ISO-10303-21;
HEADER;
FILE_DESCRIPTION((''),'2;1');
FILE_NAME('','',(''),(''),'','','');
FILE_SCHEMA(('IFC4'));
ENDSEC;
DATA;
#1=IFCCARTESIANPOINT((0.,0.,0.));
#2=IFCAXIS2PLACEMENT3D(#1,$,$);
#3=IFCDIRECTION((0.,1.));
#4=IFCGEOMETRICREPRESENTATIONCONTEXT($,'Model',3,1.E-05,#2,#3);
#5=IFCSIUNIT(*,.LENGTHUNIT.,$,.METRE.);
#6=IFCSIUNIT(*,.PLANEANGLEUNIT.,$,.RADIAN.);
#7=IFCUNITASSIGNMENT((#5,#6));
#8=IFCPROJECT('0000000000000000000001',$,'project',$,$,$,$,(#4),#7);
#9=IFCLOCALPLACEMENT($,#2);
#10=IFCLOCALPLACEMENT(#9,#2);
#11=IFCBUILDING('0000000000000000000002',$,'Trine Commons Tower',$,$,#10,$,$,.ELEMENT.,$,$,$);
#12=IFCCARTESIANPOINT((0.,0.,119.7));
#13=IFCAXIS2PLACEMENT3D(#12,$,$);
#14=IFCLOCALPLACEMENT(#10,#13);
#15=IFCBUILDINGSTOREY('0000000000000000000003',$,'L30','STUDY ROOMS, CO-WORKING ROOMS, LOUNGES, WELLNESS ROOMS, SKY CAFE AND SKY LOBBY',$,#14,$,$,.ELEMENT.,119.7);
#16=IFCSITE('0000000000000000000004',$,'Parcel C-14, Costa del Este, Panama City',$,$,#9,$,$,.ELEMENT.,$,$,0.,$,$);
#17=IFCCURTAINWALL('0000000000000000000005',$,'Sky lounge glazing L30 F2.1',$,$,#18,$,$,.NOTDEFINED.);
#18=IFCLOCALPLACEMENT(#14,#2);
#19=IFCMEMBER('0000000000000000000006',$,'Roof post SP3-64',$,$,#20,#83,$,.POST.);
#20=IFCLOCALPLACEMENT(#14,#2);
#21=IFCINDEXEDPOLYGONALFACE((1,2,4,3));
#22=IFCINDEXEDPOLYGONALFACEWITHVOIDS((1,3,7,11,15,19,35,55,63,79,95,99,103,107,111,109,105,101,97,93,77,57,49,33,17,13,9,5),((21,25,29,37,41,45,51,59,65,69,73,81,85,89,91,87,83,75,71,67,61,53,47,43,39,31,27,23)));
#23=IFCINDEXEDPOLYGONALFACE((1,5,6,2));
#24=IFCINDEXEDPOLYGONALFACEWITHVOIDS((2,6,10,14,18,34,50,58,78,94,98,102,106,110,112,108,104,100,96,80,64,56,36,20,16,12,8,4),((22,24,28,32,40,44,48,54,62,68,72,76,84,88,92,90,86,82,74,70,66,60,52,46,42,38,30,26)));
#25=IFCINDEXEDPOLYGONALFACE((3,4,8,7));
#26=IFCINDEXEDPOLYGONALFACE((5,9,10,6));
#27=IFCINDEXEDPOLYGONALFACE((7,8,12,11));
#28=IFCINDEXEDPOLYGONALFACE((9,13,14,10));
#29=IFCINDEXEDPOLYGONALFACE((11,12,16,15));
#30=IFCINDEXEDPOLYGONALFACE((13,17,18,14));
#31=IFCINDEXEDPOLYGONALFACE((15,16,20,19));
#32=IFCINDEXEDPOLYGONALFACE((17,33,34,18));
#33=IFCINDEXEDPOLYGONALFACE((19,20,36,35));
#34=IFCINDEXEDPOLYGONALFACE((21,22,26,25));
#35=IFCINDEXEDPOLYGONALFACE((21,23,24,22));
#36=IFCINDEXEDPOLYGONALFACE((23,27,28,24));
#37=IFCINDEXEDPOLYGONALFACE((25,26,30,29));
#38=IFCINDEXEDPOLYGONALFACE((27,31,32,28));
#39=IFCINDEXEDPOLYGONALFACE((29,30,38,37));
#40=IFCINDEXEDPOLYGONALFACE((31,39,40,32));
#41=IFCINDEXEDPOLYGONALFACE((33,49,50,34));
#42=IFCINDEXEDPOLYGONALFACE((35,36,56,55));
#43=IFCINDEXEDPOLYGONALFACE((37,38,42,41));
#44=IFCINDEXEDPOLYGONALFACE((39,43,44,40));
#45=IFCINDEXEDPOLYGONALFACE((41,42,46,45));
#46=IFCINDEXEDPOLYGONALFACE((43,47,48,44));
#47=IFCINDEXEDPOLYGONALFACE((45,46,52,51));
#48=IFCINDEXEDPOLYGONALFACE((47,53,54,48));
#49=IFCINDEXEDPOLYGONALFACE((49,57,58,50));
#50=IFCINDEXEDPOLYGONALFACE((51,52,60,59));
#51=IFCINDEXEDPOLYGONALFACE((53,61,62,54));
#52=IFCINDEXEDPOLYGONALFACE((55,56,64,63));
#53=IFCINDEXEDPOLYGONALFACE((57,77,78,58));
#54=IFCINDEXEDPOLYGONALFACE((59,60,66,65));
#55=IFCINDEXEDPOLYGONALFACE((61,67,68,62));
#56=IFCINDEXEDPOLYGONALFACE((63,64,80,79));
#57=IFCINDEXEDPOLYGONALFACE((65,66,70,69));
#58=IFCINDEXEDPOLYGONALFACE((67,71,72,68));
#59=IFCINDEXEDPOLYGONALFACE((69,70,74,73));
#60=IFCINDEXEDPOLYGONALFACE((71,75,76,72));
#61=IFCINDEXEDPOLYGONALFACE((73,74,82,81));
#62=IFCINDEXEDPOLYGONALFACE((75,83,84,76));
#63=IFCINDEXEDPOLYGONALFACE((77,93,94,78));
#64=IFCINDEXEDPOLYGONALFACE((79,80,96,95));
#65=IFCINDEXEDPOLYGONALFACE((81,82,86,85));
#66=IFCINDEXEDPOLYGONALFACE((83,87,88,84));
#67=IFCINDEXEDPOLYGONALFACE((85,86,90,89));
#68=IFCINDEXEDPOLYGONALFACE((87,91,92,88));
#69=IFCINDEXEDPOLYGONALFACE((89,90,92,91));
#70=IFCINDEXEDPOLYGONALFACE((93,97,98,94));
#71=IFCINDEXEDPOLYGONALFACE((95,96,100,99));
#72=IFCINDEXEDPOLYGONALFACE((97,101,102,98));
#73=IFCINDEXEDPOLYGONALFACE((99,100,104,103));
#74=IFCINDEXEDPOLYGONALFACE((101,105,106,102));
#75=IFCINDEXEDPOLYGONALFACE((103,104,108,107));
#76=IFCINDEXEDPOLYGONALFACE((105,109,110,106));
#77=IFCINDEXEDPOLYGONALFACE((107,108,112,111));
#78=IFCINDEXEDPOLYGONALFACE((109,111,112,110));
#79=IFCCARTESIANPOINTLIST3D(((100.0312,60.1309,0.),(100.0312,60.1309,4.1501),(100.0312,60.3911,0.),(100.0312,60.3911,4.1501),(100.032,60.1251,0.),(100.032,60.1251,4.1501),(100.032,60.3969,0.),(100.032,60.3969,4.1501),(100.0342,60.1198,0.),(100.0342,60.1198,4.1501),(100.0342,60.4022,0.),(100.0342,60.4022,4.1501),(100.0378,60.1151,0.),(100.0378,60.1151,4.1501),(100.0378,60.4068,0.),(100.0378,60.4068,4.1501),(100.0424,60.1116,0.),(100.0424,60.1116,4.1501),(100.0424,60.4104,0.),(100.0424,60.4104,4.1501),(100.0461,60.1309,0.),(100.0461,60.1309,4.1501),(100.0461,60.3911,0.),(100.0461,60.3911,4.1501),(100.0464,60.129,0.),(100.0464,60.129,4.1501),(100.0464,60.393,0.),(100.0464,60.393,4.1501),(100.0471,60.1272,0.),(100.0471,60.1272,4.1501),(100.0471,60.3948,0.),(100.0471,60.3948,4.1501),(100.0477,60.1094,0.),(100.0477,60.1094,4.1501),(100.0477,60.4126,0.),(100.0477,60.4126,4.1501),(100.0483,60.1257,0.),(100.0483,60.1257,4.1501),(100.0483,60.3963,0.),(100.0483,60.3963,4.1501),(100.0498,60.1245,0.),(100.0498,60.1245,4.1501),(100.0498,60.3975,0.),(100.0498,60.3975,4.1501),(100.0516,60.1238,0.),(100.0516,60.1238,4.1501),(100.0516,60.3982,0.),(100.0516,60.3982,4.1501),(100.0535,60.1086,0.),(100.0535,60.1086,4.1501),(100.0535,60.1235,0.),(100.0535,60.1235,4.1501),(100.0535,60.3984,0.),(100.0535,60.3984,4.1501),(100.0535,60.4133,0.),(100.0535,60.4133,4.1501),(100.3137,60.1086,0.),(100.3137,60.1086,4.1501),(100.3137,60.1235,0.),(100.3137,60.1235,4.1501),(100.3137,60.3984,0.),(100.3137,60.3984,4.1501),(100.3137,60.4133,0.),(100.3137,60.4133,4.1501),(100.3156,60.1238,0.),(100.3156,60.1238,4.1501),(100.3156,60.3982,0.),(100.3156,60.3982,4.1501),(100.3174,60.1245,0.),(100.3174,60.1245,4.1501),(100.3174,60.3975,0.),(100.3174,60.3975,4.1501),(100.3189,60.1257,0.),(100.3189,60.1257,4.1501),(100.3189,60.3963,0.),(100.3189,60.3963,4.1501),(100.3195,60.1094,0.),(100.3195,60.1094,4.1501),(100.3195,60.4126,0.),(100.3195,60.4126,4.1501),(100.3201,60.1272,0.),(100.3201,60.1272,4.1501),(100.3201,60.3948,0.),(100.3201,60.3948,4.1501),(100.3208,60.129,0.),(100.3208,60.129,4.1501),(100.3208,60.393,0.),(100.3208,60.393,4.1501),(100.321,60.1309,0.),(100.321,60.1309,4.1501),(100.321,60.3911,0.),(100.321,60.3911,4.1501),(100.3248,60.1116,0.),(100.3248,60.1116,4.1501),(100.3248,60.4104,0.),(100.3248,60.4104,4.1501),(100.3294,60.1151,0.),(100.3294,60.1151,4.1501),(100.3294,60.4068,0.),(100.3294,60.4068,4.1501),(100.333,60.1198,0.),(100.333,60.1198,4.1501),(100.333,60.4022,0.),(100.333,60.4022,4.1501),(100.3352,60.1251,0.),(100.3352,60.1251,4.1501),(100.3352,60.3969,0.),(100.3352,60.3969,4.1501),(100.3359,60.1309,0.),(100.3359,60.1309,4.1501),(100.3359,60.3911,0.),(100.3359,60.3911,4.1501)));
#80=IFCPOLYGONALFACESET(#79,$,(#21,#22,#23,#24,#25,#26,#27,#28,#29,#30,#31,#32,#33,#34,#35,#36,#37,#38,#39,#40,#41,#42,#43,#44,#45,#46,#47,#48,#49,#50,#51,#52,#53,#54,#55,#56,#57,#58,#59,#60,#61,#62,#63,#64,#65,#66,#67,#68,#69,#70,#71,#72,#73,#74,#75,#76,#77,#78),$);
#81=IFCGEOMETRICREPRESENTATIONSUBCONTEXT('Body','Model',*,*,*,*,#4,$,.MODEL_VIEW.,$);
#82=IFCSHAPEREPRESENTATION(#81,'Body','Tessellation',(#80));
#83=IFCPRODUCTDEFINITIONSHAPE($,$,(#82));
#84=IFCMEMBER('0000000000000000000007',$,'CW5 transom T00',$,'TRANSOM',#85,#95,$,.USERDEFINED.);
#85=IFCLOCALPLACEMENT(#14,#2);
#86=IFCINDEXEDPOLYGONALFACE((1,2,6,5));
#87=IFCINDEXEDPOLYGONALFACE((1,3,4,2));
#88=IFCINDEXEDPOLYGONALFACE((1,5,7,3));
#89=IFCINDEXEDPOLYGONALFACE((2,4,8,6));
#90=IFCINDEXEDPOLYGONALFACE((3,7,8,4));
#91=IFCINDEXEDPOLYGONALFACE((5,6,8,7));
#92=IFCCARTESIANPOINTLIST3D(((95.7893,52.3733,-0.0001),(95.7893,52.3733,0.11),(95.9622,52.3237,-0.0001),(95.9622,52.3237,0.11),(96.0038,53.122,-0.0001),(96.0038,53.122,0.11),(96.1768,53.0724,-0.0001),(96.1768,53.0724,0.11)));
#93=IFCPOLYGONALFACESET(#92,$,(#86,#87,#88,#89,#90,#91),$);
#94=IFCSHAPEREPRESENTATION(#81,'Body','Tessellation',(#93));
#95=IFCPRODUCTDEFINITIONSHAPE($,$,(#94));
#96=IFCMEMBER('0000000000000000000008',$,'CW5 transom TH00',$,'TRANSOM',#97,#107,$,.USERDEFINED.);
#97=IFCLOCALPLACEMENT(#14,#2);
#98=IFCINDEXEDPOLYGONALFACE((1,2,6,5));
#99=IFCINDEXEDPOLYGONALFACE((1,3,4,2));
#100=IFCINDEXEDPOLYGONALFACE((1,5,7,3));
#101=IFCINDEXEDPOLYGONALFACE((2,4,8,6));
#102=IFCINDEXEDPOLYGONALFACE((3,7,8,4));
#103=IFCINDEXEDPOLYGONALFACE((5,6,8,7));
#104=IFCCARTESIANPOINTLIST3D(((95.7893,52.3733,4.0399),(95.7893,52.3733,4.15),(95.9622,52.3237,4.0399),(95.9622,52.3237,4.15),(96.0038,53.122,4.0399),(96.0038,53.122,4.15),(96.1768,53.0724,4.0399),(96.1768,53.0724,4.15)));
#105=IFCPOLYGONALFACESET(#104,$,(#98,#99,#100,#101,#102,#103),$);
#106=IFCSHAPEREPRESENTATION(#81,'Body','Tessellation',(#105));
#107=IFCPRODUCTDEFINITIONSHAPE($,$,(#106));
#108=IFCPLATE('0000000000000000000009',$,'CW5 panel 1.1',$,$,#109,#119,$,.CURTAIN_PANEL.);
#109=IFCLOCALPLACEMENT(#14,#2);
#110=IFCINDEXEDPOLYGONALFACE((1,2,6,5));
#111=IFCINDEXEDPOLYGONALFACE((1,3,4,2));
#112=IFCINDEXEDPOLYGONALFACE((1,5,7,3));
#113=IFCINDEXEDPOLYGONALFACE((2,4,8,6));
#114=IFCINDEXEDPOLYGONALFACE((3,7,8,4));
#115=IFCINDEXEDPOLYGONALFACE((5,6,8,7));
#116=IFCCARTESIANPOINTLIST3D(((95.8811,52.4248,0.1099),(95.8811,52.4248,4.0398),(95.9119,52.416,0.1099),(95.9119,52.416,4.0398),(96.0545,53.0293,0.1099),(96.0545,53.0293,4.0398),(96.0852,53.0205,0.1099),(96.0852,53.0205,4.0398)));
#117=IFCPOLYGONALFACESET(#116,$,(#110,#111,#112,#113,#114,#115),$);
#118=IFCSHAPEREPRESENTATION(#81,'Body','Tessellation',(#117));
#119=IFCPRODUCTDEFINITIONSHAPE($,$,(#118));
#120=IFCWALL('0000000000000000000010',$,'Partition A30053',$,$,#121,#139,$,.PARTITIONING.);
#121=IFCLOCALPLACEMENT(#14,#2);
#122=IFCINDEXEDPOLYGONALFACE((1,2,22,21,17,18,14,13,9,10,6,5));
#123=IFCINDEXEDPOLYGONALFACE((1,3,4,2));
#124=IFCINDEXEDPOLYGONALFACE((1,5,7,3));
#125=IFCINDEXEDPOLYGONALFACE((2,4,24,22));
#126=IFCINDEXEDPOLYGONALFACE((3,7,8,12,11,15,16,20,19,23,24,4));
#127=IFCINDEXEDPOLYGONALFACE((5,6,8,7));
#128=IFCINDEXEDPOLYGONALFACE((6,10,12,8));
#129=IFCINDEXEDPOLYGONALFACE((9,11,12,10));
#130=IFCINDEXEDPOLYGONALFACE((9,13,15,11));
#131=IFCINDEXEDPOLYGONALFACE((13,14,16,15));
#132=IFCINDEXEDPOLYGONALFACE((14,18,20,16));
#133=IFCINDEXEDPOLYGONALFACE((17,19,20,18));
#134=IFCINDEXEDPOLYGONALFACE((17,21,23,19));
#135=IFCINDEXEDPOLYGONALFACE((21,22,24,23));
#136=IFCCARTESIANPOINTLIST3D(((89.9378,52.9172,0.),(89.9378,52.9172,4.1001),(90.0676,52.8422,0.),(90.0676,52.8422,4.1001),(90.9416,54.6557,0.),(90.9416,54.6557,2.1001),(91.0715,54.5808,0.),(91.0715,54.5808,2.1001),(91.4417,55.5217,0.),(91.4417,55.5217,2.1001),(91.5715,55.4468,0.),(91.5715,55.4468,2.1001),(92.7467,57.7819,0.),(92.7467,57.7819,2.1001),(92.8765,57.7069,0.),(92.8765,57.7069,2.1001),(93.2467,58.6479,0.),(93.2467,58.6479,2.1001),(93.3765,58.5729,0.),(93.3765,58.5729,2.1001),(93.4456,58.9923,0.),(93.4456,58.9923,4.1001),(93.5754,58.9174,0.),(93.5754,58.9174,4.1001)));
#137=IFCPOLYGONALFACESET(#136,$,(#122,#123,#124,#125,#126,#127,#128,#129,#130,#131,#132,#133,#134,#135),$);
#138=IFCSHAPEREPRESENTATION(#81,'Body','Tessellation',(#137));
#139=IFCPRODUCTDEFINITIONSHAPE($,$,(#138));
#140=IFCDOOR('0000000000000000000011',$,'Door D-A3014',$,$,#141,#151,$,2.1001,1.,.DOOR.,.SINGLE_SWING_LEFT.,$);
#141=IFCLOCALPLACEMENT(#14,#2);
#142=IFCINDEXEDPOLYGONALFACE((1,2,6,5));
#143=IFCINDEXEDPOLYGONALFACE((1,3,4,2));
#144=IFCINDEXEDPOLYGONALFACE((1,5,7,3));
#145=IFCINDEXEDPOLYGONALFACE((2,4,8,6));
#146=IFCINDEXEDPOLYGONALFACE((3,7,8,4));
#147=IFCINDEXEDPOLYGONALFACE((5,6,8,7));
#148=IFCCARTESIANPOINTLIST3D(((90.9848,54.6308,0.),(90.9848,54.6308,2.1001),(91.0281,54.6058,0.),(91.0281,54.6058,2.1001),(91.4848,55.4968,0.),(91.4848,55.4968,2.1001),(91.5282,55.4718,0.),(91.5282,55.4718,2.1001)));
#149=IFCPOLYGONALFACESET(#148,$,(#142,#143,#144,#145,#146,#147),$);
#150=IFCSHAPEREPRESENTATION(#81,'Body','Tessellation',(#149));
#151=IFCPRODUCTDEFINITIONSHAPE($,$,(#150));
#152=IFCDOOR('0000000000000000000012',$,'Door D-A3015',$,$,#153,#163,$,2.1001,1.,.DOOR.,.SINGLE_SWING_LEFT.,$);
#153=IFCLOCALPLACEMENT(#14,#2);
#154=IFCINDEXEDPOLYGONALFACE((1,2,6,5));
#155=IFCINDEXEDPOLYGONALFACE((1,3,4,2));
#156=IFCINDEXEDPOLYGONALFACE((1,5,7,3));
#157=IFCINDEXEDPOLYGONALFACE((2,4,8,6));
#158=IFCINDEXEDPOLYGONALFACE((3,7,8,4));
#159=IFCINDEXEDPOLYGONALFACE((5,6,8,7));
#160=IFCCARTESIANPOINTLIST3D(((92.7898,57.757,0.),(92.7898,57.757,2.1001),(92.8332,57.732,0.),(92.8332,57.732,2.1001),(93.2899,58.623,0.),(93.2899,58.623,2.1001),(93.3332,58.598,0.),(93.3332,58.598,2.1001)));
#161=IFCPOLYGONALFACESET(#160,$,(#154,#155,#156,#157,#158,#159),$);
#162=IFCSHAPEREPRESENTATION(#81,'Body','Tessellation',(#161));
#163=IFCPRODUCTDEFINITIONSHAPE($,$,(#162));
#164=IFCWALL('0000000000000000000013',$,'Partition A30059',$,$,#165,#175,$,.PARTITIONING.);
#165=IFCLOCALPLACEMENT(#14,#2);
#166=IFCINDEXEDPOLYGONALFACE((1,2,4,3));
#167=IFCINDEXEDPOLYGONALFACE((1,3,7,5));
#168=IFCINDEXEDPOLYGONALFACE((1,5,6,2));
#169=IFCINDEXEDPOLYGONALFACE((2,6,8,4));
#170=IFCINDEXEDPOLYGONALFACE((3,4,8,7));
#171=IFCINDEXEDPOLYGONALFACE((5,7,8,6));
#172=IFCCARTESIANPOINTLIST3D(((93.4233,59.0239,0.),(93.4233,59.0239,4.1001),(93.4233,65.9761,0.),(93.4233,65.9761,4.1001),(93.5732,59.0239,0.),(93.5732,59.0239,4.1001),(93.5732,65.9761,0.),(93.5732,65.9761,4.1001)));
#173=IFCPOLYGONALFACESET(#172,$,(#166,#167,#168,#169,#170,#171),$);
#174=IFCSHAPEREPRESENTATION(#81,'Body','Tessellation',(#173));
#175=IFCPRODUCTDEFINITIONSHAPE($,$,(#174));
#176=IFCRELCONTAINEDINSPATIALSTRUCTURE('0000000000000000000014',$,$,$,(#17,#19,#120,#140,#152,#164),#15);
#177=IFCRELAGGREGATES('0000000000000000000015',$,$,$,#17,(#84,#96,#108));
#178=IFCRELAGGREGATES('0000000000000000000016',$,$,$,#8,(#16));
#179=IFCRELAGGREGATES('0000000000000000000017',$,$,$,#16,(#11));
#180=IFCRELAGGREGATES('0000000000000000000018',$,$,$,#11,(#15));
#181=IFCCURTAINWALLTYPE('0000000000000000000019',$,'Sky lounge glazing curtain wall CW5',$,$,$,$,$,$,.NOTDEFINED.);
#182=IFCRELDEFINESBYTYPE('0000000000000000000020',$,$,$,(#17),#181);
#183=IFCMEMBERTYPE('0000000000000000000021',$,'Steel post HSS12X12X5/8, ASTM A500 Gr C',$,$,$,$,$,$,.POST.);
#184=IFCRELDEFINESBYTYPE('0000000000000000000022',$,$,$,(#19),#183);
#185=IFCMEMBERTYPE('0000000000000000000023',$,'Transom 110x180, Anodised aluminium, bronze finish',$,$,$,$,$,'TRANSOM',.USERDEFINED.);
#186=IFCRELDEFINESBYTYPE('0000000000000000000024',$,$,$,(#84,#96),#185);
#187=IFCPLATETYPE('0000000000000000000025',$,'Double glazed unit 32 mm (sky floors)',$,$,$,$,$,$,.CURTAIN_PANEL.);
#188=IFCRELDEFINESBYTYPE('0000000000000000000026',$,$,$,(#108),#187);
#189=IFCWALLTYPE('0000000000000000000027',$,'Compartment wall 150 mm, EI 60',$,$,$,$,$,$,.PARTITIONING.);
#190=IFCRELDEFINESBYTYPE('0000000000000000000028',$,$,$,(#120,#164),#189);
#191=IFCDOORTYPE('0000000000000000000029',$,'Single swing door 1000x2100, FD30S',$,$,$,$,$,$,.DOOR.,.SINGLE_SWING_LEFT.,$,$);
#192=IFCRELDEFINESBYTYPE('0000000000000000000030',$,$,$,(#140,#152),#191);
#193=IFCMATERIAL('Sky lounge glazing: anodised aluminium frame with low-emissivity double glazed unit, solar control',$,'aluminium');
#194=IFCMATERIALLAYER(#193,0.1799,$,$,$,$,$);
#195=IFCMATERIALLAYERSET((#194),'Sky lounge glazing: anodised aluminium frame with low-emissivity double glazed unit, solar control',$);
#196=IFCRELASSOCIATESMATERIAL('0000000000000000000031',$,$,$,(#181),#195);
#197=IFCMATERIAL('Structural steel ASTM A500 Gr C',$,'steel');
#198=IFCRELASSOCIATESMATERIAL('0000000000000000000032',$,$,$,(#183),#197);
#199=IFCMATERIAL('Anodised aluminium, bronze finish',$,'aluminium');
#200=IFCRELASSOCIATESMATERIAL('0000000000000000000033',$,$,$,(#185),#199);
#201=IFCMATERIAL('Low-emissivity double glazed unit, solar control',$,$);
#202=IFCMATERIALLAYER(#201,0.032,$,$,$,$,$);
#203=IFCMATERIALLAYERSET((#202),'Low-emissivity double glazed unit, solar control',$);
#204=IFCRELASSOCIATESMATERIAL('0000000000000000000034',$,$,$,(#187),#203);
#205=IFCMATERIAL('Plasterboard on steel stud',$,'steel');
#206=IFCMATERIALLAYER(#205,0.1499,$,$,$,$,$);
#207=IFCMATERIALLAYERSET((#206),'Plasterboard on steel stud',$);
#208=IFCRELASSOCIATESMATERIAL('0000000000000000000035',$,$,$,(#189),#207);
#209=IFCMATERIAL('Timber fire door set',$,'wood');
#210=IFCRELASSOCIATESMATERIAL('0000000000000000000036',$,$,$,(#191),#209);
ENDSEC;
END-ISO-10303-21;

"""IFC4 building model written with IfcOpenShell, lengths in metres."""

from ifc_helpers import new_model, si_unit, direction, frame, frame_2d, origin, origin_2d, place, context, subcontext, project, spatial, rectangle, hollow_rectangle, extrude, material, layer, layer_set, material_profile, profile_set, type_object, element, fill, aggregate, save


model = new_model("IFC4")

# Units and contexts
model_context = context("Model", 3, precision=1e-05, world=origin(), true_north=direction((0.0, 1.0)))
body_context = subcontext(model_context, "Body", "Model", "MODEL_VIEW")
ifc_project = project(units=[si_unit("LENGTHUNIT", "METRE"), si_unit("PLANEANGLEUNIT", "RADIAN")], contexts=[model_context])

# Site, building, storey
site_placement = place(None, origin())
site = spatial("IfcSite", under=ifc_project, at=site_placement, Name="Parcel C-14, Costa del Este, Panama City", CompositionType="ELEMENT", RefElevation=0.0)
building_placement = place(site_placement, origin())
building = spatial("IfcBuilding", under=site, at=building_placement, Name="Trine Commons Tower", CompositionType="ELEMENT")
storey_placement = place(building_placement, frame((0.0, 0.0, 119.7)))
storey = spatial("IfcBuildingStorey", under=building, at=storey_placement, Name="L30", Description="STUDY ROOMS, CO-WORKING ROOMS, LOUNGES, WELLNESS ROOMS, SKY CAFE AND SKY LOBBY", CompositionType="ELEMENT", Elevation=119.7)

# Curtain wall
ifc_material_1 = material(Name="Sky lounge glazing: anodised aluminium frame with low-emissivity double glazed unit, solar control", Category="aluminium")
ifc_layer_1 = layer(ifc_material_1, 0.1799)
ifc_layer_set_1 = layer_set([ifc_layer_1], Name="Sky lounge glazing: anodised aluminium frame with low-emissivity double glazed unit, solar control")
curtain_wall_type = type_object("IfcCurtainWallType", Name="Sky lounge glazing curtain wall CW5", PredefinedType="NOTDEFINED", material=ifc_layer_set_1)
curtain_wall_placement = place(storey_placement, origin())
curtain_wall = element("IfcCurtainWall", 1, at=curtain_wall_placement, inside=storey, type_object=curtain_wall_type, Name="Sky lounge glazing L30 F2.1", PredefinedType="NOTDEFINED")
ifc_material_2 = material(Name="Anodised aluminium, bronze finish", Category="aluminium")

# Member
ifc_material_3 = material(Name="Structural steel ASTM A500 Gr C", Category="steel")
ifc_material_profile_1 = material_profile(ifc_material_3, hollow_rectangle(XDim=0.3047, YDim=0.3047, WallThickness=0.0149, InnerFilletRadius=0.0073, OuterFilletRadius=0.0222, at=origin_2d()), Name="HSS12X12X5/8")
ifc_profile_set_1 = profile_set([ifc_material_profile_1], Name="Structural steel ASTM A500 Gr C")
member_type_1 = type_object("IfcMemberType", Name="Steel post HSS12X12X5/8, ASTM A500 Gr C", PredefinedType="POST", material=ifc_profile_set_1)
member_1_placement = place(storey_placement, frame((100.1836, 60.261, 0.0), z_axis=(0.0, 0.0, 1.0), x_axis=(1.0, 0.0, 0.0)))
element("IfcMember", 2, at=member_1_placement, inside=storey, type_object=member_type_1, Name="Roof post SP3-64", PredefinedType="POST", context=body_context, shape_type="SweptSolid", body=[
    extrude(hollow_rectangle(XDim=0.3047, YDim=0.3047, WallThickness=0.0149, InnerFilletRadius=0.0073, OuterFilletRadius=0.0222, at=origin_2d()), origin(), (0.0, 0.0, 1.0), 4.1501),
])

# Members
ifc_material_profile_2 = material_profile(ifc_material_2, rectangle(XDim=0.1799, YDim=0.1101, at=origin_2d()), Name="Transom 110x180")
ifc_profile_set_2 = profile_set([ifc_material_profile_2], Name="Anodised aluminium, bronze finish")
member_type_2 = type_object("IfcMemberType", Name="Transom 110x180, Anodised aluminium, bronze finish", ElementType="TRANSOM", PredefinedType="USERDEFINED", material=ifc_profile_set_2)
member_2_placement = place(storey_placement, frame((96.0903, 53.0972, 0.0549), z_axis=(-0.275508, -0.961299, 0.0), x_axis=(0.961299, -0.275508, 0.0)))
member_2 = element("IfcMember", 3, at=member_2_placement, type_object=member_type_2, Name="CW5 transom T00", ObjectType="TRANSOM", PredefinedType="USERDEFINED", context=body_context, shape_type="SweptSolid", body=[
    extrude(rectangle(XDim=0.1799, YDim=0.1101, at=origin_2d()), origin(), (0.0, 0.0, 1.0), 0.7788),
])
member_3_placement = place(storey_placement, frame((96.0903, 53.0972, 4.095), z_axis=(-0.275508, -0.961299, 0.0), x_axis=(0.961299, -0.275508, 0.0)))
member_3 = element("IfcMember", 4, at=member_3_placement, type_object=member_type_2, Name="CW5 transom TH00", ObjectType="TRANSOM", PredefinedType="USERDEFINED", context=body_context, shape_type="SweptSolid", body=[
    extrude(rectangle(XDim=0.1799, YDim=0.1101, at=origin_2d()), origin(), (0.0, 0.0, 1.0), 0.7788),
])

# Plate
ifc_material_4 = material(Name="Low-emissivity double glazed unit, solar control")
ifc_layer_2 = layer(ifc_material_4, 0.032)
ifc_layer_set_2 = layer_set([ifc_layer_2], Name="Low-emissivity double glazed unit, solar control")
plate_type = type_object("IfcPlateType", Name="Double glazed unit 32 mm (sky floors)", PredefinedType="CURTAIN_PANEL", material=ifc_layer_set_2)
plate_placement = place(storey_placement, frame((95.9832, 52.7227, 0.1099), z_axis=(0.0, 0.0, 1.0), x_axis=(-0.275637, -0.961262, 0.0)))
plate = element("IfcPlate", 5, at=plate_placement, type_object=plate_type, Name="CW5 panel 1.1", PredefinedType="CURTAIN_PANEL", context=body_context, shape_type="SweptSolid", body=[
    extrude(rectangle(XDim=0.6289, YDim=0.032, at=origin_2d()), origin(), (0.0, 0.0, 1.0), 3.9299),
])
aggregate(curtain_wall, [member_2, member_3, plate])

# Wall, openings, doors
ifc_material_5 = material(Name="Plasterboard on steel stud", Category="steel")
ifc_layer_3 = layer(ifc_material_5, 0.1499)
ifc_layer_set_3 = layer_set([ifc_layer_3], Name="Plasterboard on steel stud")
wall_type = type_object("IfcWallType", Name="Compartment wall 150 mm, EI 60", PredefinedType="PARTITIONING", material=ifc_layer_set_3)
wall_1_placement = place(storey_placement, frame((93.5105, 58.9548, 0.0), z_axis=(0.0, 0.0, 1.0), x_axis=(-0.500032, -0.866007, 0.0)))
wall_1 = element("IfcWall", 6, at=wall_1_placement, inside=storey, type_object=wall_type, Name="Partition A30053", PredefinedType="PARTITIONING", context=body_context, shape_type="SweptSolid", body=[
    extrude(rectangle(XDim=7.0151, YDim=0.1499, at=frame_2d((3.5076, 0.0))), origin(), (0.0, 0.0, 1.0), 4.1001),
])
opening_1_placement = place(wall_1_placement, frame((4.0076, 0.0, 0.0)))
opening_1 = element("IfcOpeningElement", 7, at=opening_1_placement, cuts=wall_1, PredefinedType="OPENING", context=body_context, shape_type="SweptSolid", body=[
    extrude(rectangle(XDim=1.0, YDim=2.1001, at=frame_2d((0.5, 1.05))), frame((0.0, 0.085, 0.0), z_axis=(0.0, -1.0, 0.0), x_axis=(1.0, 0.0, 0.0)), (0.0, 0.0, 1.0), 0.1699),
])
opening_2_placement = place(wall_1_placement, frame((0.3977, 0.0, 0.0)))
opening_2 = element("IfcOpeningElement", 8, at=opening_2_placement, cuts=wall_1, PredefinedType="OPENING", context=body_context, shape_type="SweptSolid", body=[
    extrude(rectangle(XDim=1.0, YDim=2.1001, at=frame_2d((0.5, 1.05))), frame((0.0, 0.085, 0.0), z_axis=(0.0, -1.0, 0.0), x_axis=(1.0, 0.0, 0.0)), (0.0, 0.0, 1.0), 0.1699),
])
ifc_material_6 = material(Name="Timber fire door set", Category="wood")
door_type = type_object("IfcDoorType", Name="Single swing door 1000x2100, FD30S", OperationType="SINGLE_SWING_LEFT", PredefinedType="DOOR", material=ifc_material_6)
door_1_placement = place(opening_1_placement, origin())
door_1 = element("IfcDoor", 9, at=door_1_placement, inside=storey, type_object=door_type, Name="Door D-A3014", OperationType="SINGLE_SWING_LEFT", OverallHeight=2.1001, OverallWidth=1.0, PredefinedType="DOOR", context=body_context, shape_type="SweptSolid", body=[
    extrude(rectangle(XDim=1.0, YDim=2.1001, at=frame_2d((0.5, 1.05))), frame((0.0, 0.0249, 0.0), z_axis=(0.0, -1.0, 0.0), x_axis=(1.0, 0.0, 0.0)), (0.0, 0.0, 1.0), 0.05),
])
fill(opening_1, door_1)
door_2_placement = place(opening_2_placement, origin())
door_2 = element("IfcDoor", 10, at=door_2_placement, inside=storey, type_object=door_type, Name="Door D-A3015", OperationType="SINGLE_SWING_LEFT", OverallHeight=2.1001, OverallWidth=1.0, PredefinedType="DOOR", context=body_context, shape_type="SweptSolid", body=[
    extrude(rectangle(XDim=1.0, YDim=2.1001, at=frame_2d((0.5, 1.05))), frame((0.0, 0.0249, 0.0), z_axis=(0.0, -1.0, 0.0), x_axis=(1.0, 0.0, 0.0)), (0.0, 0.0, 1.0), 0.05),
])
fill(opening_2, door_2)

# Wall
wall_2_placement = place(storey_placement, frame((93.4983, 59.0239, 0.0), z_axis=(0.0, 0.0, 1.0), x_axis=(0.0, 1.0, 0.0)))
element("IfcWall", 11, at=wall_2_placement, inside=storey, type_object=wall_type, Name="Partition A30059", PredefinedType="PARTITIONING", context=body_context, shape_type="SweptSolid", body=[
    extrude(rectangle(XDim=6.9521, YDim=0.1499, at=frame_2d((3.4761, 0.0))), origin(), (0.0, 0.0, 1.0), 4.1001),
])

save(model, "model.ifc")
